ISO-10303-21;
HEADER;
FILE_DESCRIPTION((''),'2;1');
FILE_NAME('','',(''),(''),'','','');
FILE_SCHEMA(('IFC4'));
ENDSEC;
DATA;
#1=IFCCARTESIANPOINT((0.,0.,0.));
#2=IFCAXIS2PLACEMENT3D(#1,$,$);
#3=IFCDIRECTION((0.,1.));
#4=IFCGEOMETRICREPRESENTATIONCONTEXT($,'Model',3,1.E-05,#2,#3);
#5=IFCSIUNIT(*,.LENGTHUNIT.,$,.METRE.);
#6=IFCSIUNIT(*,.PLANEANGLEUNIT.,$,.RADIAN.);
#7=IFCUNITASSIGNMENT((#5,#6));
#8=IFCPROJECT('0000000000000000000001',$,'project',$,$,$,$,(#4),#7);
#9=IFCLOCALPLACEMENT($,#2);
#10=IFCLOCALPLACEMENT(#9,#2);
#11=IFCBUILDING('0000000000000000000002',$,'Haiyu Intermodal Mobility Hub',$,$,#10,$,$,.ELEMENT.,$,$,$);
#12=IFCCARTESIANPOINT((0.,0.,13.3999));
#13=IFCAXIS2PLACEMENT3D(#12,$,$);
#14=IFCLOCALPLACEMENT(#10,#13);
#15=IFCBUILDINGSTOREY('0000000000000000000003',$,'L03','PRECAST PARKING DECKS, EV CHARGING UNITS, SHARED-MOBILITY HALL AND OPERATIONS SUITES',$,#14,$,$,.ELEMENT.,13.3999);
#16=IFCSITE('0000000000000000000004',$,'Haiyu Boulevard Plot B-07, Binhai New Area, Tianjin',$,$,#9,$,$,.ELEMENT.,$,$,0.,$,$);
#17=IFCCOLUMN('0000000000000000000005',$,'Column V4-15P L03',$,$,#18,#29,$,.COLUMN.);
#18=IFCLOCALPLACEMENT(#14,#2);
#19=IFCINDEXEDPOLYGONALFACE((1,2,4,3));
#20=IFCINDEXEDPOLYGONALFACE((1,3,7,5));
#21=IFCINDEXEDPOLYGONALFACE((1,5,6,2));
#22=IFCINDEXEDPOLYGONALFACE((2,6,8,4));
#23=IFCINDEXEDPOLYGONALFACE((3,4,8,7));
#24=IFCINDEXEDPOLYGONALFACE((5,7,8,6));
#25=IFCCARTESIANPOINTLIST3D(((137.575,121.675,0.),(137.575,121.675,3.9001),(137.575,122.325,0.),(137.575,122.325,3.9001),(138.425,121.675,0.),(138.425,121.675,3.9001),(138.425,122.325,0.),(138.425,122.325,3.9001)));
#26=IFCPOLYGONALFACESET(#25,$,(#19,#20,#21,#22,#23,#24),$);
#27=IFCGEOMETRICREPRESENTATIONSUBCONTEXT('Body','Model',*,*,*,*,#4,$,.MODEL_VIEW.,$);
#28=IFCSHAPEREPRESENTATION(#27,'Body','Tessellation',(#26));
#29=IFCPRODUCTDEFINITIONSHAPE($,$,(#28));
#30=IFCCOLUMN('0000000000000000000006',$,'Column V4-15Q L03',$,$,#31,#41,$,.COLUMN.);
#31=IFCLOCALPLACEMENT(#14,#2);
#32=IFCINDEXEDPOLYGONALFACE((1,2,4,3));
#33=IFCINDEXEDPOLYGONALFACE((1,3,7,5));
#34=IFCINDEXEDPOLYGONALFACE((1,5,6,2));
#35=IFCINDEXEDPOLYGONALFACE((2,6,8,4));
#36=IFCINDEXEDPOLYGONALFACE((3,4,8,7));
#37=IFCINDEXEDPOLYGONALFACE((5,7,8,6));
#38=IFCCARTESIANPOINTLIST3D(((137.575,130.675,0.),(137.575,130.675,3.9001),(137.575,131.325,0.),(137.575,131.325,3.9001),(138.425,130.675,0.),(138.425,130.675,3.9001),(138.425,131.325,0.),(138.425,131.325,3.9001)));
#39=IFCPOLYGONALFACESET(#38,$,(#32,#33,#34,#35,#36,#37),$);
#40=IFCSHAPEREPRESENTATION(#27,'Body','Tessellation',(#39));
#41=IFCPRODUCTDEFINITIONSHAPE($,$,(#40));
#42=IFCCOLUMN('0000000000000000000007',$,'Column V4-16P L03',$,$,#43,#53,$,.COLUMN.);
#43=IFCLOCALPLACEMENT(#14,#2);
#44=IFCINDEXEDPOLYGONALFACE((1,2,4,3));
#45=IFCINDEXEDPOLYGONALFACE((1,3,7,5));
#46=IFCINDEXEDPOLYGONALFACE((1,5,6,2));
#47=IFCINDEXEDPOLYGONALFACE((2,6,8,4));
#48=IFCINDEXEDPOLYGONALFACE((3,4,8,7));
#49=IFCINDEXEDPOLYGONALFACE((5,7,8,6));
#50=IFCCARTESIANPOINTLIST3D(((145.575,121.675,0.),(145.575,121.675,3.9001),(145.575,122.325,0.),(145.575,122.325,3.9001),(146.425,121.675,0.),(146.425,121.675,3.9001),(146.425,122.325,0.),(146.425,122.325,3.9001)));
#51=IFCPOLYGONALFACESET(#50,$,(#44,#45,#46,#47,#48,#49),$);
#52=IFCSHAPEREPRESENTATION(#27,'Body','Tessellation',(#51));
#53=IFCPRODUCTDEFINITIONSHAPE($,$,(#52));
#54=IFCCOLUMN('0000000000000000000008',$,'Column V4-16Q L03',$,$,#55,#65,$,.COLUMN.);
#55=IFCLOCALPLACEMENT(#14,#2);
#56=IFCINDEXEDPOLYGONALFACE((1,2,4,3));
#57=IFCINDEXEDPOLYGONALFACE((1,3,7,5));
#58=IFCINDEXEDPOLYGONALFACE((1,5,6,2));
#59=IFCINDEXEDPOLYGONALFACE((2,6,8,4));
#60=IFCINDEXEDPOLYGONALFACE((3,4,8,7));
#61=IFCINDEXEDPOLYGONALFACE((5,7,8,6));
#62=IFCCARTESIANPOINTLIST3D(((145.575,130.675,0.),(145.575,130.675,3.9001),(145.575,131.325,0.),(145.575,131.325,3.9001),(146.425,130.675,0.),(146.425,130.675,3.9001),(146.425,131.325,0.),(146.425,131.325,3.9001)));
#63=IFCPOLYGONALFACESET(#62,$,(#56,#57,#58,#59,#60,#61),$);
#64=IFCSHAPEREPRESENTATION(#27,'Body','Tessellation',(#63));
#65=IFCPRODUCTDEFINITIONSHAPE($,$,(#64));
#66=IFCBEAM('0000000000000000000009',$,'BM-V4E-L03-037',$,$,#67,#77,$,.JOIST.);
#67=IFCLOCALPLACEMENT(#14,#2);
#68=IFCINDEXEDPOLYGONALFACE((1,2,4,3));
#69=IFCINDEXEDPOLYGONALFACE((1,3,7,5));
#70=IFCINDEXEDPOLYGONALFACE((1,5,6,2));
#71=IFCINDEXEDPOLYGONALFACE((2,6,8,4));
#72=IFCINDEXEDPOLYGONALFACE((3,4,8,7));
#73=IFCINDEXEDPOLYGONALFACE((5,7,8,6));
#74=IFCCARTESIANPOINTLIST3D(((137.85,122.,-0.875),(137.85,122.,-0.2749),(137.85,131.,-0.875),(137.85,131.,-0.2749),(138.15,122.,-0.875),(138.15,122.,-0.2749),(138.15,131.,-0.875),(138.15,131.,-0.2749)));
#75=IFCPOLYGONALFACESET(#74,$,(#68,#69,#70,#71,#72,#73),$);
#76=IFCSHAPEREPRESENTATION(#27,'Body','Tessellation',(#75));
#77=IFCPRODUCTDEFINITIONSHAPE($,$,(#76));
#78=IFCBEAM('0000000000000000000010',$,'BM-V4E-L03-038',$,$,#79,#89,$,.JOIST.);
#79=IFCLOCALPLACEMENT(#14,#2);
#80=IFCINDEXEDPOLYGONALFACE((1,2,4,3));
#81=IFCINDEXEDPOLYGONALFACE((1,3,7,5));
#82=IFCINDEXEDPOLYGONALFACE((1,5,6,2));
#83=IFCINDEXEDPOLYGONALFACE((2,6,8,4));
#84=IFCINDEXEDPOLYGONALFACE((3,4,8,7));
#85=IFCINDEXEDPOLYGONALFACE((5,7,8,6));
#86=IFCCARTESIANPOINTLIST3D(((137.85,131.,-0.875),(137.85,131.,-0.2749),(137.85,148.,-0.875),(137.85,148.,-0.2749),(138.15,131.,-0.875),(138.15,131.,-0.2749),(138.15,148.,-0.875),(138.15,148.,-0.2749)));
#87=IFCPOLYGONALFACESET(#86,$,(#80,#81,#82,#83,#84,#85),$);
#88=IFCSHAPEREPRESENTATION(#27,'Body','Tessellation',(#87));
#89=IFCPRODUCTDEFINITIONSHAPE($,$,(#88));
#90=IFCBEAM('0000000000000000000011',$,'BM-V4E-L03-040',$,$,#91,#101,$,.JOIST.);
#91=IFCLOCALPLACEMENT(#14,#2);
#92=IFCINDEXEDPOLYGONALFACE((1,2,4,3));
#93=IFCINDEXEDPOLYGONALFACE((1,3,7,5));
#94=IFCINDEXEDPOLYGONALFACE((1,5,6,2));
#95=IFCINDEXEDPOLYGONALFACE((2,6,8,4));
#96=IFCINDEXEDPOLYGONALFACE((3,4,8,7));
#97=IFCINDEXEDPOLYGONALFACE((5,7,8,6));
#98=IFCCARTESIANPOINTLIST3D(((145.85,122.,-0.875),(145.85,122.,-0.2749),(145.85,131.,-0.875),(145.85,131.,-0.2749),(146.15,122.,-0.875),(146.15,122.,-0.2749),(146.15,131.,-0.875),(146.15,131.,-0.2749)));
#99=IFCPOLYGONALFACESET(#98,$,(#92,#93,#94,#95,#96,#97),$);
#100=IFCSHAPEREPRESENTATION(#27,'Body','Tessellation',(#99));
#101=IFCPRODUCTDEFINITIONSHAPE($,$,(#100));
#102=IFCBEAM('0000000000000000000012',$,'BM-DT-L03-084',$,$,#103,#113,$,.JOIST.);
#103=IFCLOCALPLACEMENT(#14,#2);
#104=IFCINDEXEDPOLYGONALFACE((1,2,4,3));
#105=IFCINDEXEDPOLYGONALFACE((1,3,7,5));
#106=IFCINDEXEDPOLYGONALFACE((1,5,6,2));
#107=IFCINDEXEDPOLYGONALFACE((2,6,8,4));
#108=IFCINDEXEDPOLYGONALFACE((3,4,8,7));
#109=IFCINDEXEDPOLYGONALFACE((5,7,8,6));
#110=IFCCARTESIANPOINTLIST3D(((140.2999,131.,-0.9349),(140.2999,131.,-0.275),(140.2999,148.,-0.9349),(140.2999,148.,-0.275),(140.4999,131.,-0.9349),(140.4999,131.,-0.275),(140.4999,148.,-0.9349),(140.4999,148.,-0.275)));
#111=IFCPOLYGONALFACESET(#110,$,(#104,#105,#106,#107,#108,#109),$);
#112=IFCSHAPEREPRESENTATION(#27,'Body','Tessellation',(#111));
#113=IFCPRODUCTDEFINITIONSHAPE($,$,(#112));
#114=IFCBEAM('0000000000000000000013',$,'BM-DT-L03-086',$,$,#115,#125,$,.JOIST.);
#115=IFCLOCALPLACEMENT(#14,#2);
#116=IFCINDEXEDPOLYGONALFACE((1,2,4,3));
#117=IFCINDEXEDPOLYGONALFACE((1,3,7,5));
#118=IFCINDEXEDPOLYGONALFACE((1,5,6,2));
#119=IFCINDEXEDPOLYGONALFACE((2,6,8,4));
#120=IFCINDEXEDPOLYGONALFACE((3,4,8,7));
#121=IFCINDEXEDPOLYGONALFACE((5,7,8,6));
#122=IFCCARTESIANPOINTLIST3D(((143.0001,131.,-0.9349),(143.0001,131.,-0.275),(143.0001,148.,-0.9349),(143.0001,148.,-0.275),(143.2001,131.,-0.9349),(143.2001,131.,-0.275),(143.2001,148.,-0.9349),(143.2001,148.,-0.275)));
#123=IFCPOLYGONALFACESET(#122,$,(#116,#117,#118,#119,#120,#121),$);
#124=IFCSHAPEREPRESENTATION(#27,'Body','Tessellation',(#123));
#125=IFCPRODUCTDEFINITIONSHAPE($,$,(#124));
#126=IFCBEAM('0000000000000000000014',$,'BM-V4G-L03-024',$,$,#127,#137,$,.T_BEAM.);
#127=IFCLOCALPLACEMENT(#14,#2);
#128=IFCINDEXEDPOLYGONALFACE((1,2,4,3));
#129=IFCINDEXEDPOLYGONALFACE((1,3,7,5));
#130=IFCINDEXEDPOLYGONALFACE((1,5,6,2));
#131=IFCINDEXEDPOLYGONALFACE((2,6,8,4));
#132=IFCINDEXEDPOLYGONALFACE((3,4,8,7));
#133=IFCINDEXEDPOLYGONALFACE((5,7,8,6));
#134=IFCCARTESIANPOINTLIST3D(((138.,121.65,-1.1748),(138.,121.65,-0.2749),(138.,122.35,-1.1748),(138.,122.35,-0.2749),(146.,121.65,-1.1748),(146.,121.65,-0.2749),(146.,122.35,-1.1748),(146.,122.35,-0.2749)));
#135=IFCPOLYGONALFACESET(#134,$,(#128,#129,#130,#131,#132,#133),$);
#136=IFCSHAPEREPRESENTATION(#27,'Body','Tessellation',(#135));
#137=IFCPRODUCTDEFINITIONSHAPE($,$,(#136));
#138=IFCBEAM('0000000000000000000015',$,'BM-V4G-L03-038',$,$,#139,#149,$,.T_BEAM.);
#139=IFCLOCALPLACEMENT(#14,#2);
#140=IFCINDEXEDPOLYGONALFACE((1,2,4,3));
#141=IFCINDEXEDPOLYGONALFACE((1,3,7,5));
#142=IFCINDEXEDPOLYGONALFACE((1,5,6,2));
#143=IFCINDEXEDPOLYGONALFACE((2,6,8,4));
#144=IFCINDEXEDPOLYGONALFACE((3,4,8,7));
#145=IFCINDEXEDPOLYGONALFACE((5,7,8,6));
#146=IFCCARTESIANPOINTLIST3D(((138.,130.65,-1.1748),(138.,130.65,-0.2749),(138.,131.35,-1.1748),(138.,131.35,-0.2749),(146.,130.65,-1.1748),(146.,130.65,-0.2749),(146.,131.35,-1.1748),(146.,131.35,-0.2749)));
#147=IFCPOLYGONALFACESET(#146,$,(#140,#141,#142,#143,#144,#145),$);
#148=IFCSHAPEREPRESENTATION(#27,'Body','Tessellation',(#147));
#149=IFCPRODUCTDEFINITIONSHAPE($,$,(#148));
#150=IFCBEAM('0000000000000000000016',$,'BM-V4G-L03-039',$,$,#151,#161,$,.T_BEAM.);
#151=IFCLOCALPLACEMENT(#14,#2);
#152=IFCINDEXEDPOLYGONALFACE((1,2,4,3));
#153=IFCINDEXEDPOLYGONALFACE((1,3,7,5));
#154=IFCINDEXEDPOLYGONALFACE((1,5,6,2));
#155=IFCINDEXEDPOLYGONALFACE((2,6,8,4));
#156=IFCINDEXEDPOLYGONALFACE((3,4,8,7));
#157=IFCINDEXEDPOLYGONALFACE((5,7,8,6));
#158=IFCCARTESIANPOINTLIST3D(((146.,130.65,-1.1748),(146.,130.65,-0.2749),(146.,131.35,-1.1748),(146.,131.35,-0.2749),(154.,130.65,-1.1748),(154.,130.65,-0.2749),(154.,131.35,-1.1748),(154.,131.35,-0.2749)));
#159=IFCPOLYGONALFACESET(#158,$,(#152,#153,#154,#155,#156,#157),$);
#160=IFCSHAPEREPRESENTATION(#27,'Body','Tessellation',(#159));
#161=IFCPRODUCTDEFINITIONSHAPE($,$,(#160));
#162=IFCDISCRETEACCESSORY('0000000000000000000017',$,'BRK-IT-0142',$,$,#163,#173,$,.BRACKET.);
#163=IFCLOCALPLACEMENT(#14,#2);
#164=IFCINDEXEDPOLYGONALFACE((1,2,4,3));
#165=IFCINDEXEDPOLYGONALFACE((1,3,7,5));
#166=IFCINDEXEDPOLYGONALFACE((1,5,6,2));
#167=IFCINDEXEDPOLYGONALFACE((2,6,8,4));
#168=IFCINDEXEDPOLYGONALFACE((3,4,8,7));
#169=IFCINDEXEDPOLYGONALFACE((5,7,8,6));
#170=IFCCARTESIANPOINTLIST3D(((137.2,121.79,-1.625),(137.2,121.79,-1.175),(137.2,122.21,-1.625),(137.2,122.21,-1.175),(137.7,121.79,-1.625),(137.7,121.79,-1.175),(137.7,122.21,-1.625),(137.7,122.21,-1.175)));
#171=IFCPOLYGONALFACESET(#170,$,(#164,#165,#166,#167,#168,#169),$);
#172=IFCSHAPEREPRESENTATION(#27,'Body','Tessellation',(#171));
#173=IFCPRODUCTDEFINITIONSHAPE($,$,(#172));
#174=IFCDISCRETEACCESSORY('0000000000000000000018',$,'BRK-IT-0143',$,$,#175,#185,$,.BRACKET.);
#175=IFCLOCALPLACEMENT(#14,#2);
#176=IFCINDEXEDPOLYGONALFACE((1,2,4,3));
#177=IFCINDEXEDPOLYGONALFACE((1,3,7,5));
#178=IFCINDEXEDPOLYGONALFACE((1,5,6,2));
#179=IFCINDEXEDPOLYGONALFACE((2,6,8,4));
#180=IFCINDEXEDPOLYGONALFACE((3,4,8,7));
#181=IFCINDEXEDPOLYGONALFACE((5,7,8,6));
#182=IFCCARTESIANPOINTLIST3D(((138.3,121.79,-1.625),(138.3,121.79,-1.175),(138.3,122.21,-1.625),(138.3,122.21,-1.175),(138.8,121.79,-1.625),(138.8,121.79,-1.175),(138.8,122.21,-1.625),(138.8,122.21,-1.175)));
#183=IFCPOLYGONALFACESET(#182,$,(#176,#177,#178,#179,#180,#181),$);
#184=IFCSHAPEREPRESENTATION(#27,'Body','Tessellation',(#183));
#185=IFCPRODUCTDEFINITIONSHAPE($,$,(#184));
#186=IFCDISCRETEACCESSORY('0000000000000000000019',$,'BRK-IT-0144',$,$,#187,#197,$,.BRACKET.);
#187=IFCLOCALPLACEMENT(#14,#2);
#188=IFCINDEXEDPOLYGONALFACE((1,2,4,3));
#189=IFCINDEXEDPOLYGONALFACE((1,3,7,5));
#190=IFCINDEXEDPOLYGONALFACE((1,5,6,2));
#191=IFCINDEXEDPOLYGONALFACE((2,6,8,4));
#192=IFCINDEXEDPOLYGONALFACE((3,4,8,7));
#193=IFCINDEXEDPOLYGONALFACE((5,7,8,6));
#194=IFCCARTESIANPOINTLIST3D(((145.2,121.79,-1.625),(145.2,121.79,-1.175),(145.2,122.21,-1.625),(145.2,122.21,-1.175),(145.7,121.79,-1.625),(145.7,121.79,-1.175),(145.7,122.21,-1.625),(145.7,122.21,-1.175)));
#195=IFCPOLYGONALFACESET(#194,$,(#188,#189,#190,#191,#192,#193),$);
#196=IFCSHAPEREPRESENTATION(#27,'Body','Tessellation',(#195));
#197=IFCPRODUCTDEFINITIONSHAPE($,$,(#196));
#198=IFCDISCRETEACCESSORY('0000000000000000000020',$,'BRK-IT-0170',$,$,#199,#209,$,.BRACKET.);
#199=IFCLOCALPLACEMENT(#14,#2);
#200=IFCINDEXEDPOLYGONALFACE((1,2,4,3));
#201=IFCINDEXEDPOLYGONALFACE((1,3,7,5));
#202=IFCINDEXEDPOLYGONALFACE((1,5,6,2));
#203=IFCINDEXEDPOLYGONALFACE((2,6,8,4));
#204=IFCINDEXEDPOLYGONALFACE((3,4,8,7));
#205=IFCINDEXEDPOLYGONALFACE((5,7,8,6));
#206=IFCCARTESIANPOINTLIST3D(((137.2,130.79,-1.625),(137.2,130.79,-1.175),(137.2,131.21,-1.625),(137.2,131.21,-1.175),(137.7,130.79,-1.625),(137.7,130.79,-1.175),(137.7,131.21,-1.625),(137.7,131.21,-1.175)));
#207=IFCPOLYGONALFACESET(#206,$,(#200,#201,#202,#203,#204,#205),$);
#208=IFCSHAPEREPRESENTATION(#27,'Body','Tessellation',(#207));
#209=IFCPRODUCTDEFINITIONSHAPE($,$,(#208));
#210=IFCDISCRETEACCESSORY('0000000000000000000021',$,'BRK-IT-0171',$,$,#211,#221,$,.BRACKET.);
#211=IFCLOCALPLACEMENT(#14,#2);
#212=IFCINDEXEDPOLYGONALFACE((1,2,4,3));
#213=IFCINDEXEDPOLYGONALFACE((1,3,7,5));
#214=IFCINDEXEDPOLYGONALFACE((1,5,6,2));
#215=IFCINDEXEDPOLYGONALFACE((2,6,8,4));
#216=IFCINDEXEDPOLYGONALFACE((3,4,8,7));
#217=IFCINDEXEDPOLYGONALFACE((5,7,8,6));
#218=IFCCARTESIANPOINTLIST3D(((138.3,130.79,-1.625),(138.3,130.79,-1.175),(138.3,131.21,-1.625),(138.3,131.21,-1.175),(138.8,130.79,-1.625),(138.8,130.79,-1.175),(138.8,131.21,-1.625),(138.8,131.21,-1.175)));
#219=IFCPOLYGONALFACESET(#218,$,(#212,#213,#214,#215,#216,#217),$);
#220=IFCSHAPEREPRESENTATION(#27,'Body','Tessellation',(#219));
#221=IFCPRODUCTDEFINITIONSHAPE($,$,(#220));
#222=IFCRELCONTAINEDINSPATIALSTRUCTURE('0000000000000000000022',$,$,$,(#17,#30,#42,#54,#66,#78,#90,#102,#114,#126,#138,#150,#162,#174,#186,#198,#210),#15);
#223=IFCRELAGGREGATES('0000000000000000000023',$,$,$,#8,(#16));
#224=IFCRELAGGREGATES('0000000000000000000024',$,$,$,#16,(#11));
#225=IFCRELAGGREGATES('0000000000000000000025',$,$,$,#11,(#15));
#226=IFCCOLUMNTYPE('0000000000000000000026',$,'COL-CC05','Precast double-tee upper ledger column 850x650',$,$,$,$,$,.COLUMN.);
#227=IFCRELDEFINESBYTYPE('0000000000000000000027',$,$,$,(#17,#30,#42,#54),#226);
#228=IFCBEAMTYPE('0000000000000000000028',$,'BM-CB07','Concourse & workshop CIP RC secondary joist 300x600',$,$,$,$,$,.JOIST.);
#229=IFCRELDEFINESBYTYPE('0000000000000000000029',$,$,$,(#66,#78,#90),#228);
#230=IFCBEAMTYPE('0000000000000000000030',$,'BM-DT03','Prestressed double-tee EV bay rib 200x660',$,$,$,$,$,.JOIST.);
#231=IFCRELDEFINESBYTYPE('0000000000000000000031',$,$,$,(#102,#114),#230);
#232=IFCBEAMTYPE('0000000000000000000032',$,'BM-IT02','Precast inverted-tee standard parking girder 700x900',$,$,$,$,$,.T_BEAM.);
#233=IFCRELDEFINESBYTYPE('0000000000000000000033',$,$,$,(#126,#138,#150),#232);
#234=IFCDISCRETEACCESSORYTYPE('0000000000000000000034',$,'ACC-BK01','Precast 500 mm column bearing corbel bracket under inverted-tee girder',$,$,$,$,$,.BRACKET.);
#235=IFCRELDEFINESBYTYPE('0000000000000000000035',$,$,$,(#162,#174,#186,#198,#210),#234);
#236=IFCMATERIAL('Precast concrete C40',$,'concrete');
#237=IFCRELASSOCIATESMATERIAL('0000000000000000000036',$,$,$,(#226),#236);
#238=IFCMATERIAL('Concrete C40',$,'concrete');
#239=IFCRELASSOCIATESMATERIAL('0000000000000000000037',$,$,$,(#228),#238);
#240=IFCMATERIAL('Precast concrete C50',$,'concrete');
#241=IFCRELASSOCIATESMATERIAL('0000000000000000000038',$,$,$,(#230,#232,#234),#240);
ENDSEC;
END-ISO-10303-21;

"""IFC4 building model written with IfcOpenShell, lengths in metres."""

from ifc_helpers import new_model, si_unit, direction, frame, origin, origin_2d, place, context, subcontext, project, spatial, rectangle, extrude, material, material_profile, profile_set, type_object, element, save


model = new_model("IFC4")

# Units and contexts
model_context = context("Model", 3, precision=1e-05, world=origin(), true_north=direction((0.0, 1.0)))
body_context = subcontext(model_context, "Body", "Model", "MODEL_VIEW")
ifc_project = project(units=[si_unit("LENGTHUNIT", "METRE"), si_unit("PLANEANGLEUNIT", "RADIAN")], contexts=[model_context])

# Site, building, storey
site_placement = place(None, origin())
site = spatial("IfcSite", under=ifc_project, at=site_placement, Name="Haiyu Boulevard Plot B-07, Binhai New Area, Tianjin", CompositionType="ELEMENT", RefElevation=0.0)
building_placement = place(site_placement, origin())
building = spatial("IfcBuilding", under=site, at=building_placement, Name="Haiyu Intermodal Mobility Hub", CompositionType="ELEMENT")
storey_placement = place(building_placement, frame((0.0, 0.0, 13.3999)))
storey = spatial("IfcBuildingStorey", under=building, at=storey_placement, Name="L03", Description="PRECAST PARKING DECKS, EV CHARGING UNITS, SHARED-MOBILITY HALL AND OPERATIONS SUITES", CompositionType="ELEMENT", Elevation=13.3999)

# Columns
ifc_material_1 = material(Name="Precast concrete C40", Category="concrete")
ifc_material_profile_1 = material_profile(ifc_material_1, rectangle(XDim=0.8501, YDim=0.6499, at=origin_2d()), Name="RC850x650")
ifc_profile_set_1 = profile_set([ifc_material_profile_1], Name="Precast concrete C40")
column_type = type_object("IfcColumnType", Name="COL-CC05", Description="Precast double-tee upper ledger column 850x650", PredefinedType="COLUMN", material=ifc_profile_set_1)
for number, where, z_axis, x_axis, name in (
    (1, (138.0, 122.0, 0.0), (0.0, 0.0, 1.0), (1.0, 0.0, 0.0), "Column V4-15P L03"),
    (2, (138.0, 131.0, 0.0), (0.0, 0.0, 1.0), (1.0, 0.0, 0.0), "Column V4-15Q L03"),
    (3, (146.0, 122.0, 0.0), (0.0, 0.0, 1.0), (1.0, 0.0, 0.0), "Column V4-16P L03"),
    (4, (146.0, 131.0, 0.0), (0.0, 0.0, 1.0), (1.0, 0.0, 0.0), "Column V4-16Q L03"),
):
    element("IfcColumn", number, at=place(storey_placement, frame(where, z_axis=z_axis, x_axis=x_axis)), inside=storey, type_object=column_type, Name=name, PredefinedType="COLUMN", context=body_context, shape_type="SweptSolid", body=[
        extrude(rectangle(XDim=0.8501, YDim=0.6499, at=origin_2d()), origin(), (0.0, 0.0, 1.0), 3.9001),
    ])

# Beams
ifc_material_2 = material(Name="Concrete C40", Category="concrete")
ifc_material_profile_2 = material_profile(ifc_material_2, rectangle(XDim=0.3, YDim=0.6001, at=origin_2d()), Name="RCB300x600")
ifc_profile_set_2 = profile_set([ifc_material_profile_2], Name="Concrete C40")
beam_type_1 = type_object("IfcBeamType", Name="BM-CB07", Description="Concourse & workshop CIP RC secondary joist 300x600", PredefinedType="JOIST", material=ifc_profile_set_2)
beam_1_placement = place(storey_placement, frame((138.0, 122.0, -0.575), z_axis=(0.0, 1.0, 0.0), x_axis=(-1.0, 0.0, 0.0)))
element("IfcBeam", 5, at=beam_1_placement, inside=storey, type_object=beam_type_1, Name="BM-V4E-L03-037", PredefinedType="JOIST", context=body_context, shape_type="SweptSolid", body=[
    extrude(rectangle(XDim=0.3, YDim=0.6001, at=origin_2d()), origin(), (0.0, 0.0, 1.0), 9.0),
])
beam_2_placement = place(storey_placement, frame((138.0, 131.0, -0.575), z_axis=(0.0, 1.0, 0.0), x_axis=(-1.0, 0.0, 0.0)))
element("IfcBeam", 6, at=beam_2_placement, inside=storey, type_object=beam_type_1, Name="BM-V4E-L03-038", PredefinedType="JOIST", context=body_context, shape_type="SweptSolid", body=[
    extrude(rectangle(XDim=0.3, YDim=0.6001, at=origin_2d()), origin(), (0.0, 0.0, 1.0), 17.0),
])
beam_3_placement = place(storey_placement, frame((146.0, 122.0, -0.575), z_axis=(0.0, 1.0, 0.0), x_axis=(-1.0, 0.0, 0.0)))
element("IfcBeam", 7, at=beam_3_placement, inside=storey, type_object=beam_type_1, Name="BM-V4E-L03-040", PredefinedType="JOIST", context=body_context, shape_type="SweptSolid", body=[
    extrude(rectangle(XDim=0.3, YDim=0.6001, at=origin_2d()), origin(), (0.0, 0.0, 1.0), 9.0),
])
ifc_material_3 = material(Name="Precast concrete C50", Category="concrete")
ifc_material_profile_3 = material_profile(ifc_material_3, rectangle(XDim=0.2, YDim=0.6599, at=origin_2d()), Name="PC200x660")
ifc_profile_set_3 = profile_set([ifc_material_profile_3], Name="Precast concrete C50")
beam_type_2 = type_object("IfcBeamType", Name="BM-DT03", Description="Prestressed double-tee EV bay rib 200x660", PredefinedType="JOIST", material=ifc_profile_set_3)
for number, where, z_axis, x_axis, name in (
    (8, (140.3999, 131.0, -0.605), (0.0, 1.0, 0.0), (-1.0, 0.0, 0.0), "BM-DT-L03-084"),
    (9, (143.1001, 131.0, -0.605), (0.0, 1.0, 0.0), (-1.0, 0.0, 0.0), "BM-DT-L03-086"),
):
    element("IfcBeam", number, at=place(storey_placement, frame(where, z_axis=z_axis, x_axis=x_axis)), inside=storey, type_object=beam_type_2, Name=name, PredefinedType="JOIST", context=body_context, shape_type="SweptSolid", body=[
        extrude(rectangle(XDim=0.2, YDim=0.6599, at=origin_2d()), origin(), (0.0, 0.0, 1.0), 17.0),
    ])
ifc_material_profile_4 = material_profile(ifc_material_3, rectangle(XDim=0.7, YDim=0.8999, at=origin_2d()), Name="PC700x900")
ifc_profile_set_4 = profile_set([ifc_material_profile_4], Name="Precast concrete C50")
beam_type_3 = type_object("IfcBeamType", Name="BM-IT02", Description="Precast inverted-tee standard parking girder 700x900", PredefinedType="T_BEAM", material=ifc_profile_set_4)
for number, where, z_axis, x_axis, name in (
    (10, (138.0, 122.0, -0.7249), (1.0, 0.0, 0.0), (0.0, 1.0, 0.0), "BM-V4G-L03-024"),
    (11, (138.0, 131.0, -0.7249), (1.0, 0.0, 0.0), (0.0, 1.0, 0.0), "BM-V4G-L03-038"),
    (12, (146.0, 131.0, -0.7249), (1.0, 0.0, 0.0), (0.0, 1.0, 0.0), "BM-V4G-L03-039"),
):
    element("IfcBeam", number, at=place(storey_placement, frame(where, z_axis=z_axis, x_axis=x_axis)), inside=storey, type_object=beam_type_3, Name=name, PredefinedType="T_BEAM", context=body_context, shape_type="SweptSolid", body=[
        extrude(rectangle(XDim=0.7, YDim=0.8999, at=origin_2d()), origin(), (0.0, 0.0, 1.0), 8.0),
    ])

# Discrete accessories
discrete_accessory_type_1 = type_object("IfcDiscreteAccessoryType", Name="ACC-BK01", Description="Precast 500 mm column bearing corbel bracket under inverted-tee girder", PredefinedType="BRACKET", material=ifc_material_3)
for number, where, z_axis, x_axis, name in (
    (13, (137.45, 122.0, -1.625), (0.0, 0.0, 1.0), (1.0, 0.0, 0.0), "BRK-IT-0142"),
    (14, (138.55, 122.0, -1.625), (0.0, 0.0, 1.0), (1.0, 0.0, 0.0), "BRK-IT-0143"),
    (15, (145.45, 122.0, -1.625), (0.0, 0.0, 1.0), (1.0, 0.0, 0.0), "BRK-IT-0144"),
    (16, (137.45, 131.0, -1.625), (0.0, 0.0, 1.0), (1.0, 0.0, 0.0), "BRK-IT-0170"),
    (17, (138.55, 131.0, -1.625), (0.0, 0.0, 1.0), (1.0, 0.0, 0.0), "BRK-IT-0171"),
):
    element("IfcDiscreteAccessory", number, at=place(storey_placement, frame(where, z_axis=z_axis, x_axis=x_axis)), inside=storey, type_object=discrete_accessory_type_1, Name=name, PredefinedType="BRACKET", context=body_context, shape_type="SweptSolid", body=[
        extrude(rectangle(XDim=0.5, YDim=0.4199, at=origin_2d()), origin(), (0.0, 0.0, 1.0), 0.45),
    ])

save(model, "model.ifc")
